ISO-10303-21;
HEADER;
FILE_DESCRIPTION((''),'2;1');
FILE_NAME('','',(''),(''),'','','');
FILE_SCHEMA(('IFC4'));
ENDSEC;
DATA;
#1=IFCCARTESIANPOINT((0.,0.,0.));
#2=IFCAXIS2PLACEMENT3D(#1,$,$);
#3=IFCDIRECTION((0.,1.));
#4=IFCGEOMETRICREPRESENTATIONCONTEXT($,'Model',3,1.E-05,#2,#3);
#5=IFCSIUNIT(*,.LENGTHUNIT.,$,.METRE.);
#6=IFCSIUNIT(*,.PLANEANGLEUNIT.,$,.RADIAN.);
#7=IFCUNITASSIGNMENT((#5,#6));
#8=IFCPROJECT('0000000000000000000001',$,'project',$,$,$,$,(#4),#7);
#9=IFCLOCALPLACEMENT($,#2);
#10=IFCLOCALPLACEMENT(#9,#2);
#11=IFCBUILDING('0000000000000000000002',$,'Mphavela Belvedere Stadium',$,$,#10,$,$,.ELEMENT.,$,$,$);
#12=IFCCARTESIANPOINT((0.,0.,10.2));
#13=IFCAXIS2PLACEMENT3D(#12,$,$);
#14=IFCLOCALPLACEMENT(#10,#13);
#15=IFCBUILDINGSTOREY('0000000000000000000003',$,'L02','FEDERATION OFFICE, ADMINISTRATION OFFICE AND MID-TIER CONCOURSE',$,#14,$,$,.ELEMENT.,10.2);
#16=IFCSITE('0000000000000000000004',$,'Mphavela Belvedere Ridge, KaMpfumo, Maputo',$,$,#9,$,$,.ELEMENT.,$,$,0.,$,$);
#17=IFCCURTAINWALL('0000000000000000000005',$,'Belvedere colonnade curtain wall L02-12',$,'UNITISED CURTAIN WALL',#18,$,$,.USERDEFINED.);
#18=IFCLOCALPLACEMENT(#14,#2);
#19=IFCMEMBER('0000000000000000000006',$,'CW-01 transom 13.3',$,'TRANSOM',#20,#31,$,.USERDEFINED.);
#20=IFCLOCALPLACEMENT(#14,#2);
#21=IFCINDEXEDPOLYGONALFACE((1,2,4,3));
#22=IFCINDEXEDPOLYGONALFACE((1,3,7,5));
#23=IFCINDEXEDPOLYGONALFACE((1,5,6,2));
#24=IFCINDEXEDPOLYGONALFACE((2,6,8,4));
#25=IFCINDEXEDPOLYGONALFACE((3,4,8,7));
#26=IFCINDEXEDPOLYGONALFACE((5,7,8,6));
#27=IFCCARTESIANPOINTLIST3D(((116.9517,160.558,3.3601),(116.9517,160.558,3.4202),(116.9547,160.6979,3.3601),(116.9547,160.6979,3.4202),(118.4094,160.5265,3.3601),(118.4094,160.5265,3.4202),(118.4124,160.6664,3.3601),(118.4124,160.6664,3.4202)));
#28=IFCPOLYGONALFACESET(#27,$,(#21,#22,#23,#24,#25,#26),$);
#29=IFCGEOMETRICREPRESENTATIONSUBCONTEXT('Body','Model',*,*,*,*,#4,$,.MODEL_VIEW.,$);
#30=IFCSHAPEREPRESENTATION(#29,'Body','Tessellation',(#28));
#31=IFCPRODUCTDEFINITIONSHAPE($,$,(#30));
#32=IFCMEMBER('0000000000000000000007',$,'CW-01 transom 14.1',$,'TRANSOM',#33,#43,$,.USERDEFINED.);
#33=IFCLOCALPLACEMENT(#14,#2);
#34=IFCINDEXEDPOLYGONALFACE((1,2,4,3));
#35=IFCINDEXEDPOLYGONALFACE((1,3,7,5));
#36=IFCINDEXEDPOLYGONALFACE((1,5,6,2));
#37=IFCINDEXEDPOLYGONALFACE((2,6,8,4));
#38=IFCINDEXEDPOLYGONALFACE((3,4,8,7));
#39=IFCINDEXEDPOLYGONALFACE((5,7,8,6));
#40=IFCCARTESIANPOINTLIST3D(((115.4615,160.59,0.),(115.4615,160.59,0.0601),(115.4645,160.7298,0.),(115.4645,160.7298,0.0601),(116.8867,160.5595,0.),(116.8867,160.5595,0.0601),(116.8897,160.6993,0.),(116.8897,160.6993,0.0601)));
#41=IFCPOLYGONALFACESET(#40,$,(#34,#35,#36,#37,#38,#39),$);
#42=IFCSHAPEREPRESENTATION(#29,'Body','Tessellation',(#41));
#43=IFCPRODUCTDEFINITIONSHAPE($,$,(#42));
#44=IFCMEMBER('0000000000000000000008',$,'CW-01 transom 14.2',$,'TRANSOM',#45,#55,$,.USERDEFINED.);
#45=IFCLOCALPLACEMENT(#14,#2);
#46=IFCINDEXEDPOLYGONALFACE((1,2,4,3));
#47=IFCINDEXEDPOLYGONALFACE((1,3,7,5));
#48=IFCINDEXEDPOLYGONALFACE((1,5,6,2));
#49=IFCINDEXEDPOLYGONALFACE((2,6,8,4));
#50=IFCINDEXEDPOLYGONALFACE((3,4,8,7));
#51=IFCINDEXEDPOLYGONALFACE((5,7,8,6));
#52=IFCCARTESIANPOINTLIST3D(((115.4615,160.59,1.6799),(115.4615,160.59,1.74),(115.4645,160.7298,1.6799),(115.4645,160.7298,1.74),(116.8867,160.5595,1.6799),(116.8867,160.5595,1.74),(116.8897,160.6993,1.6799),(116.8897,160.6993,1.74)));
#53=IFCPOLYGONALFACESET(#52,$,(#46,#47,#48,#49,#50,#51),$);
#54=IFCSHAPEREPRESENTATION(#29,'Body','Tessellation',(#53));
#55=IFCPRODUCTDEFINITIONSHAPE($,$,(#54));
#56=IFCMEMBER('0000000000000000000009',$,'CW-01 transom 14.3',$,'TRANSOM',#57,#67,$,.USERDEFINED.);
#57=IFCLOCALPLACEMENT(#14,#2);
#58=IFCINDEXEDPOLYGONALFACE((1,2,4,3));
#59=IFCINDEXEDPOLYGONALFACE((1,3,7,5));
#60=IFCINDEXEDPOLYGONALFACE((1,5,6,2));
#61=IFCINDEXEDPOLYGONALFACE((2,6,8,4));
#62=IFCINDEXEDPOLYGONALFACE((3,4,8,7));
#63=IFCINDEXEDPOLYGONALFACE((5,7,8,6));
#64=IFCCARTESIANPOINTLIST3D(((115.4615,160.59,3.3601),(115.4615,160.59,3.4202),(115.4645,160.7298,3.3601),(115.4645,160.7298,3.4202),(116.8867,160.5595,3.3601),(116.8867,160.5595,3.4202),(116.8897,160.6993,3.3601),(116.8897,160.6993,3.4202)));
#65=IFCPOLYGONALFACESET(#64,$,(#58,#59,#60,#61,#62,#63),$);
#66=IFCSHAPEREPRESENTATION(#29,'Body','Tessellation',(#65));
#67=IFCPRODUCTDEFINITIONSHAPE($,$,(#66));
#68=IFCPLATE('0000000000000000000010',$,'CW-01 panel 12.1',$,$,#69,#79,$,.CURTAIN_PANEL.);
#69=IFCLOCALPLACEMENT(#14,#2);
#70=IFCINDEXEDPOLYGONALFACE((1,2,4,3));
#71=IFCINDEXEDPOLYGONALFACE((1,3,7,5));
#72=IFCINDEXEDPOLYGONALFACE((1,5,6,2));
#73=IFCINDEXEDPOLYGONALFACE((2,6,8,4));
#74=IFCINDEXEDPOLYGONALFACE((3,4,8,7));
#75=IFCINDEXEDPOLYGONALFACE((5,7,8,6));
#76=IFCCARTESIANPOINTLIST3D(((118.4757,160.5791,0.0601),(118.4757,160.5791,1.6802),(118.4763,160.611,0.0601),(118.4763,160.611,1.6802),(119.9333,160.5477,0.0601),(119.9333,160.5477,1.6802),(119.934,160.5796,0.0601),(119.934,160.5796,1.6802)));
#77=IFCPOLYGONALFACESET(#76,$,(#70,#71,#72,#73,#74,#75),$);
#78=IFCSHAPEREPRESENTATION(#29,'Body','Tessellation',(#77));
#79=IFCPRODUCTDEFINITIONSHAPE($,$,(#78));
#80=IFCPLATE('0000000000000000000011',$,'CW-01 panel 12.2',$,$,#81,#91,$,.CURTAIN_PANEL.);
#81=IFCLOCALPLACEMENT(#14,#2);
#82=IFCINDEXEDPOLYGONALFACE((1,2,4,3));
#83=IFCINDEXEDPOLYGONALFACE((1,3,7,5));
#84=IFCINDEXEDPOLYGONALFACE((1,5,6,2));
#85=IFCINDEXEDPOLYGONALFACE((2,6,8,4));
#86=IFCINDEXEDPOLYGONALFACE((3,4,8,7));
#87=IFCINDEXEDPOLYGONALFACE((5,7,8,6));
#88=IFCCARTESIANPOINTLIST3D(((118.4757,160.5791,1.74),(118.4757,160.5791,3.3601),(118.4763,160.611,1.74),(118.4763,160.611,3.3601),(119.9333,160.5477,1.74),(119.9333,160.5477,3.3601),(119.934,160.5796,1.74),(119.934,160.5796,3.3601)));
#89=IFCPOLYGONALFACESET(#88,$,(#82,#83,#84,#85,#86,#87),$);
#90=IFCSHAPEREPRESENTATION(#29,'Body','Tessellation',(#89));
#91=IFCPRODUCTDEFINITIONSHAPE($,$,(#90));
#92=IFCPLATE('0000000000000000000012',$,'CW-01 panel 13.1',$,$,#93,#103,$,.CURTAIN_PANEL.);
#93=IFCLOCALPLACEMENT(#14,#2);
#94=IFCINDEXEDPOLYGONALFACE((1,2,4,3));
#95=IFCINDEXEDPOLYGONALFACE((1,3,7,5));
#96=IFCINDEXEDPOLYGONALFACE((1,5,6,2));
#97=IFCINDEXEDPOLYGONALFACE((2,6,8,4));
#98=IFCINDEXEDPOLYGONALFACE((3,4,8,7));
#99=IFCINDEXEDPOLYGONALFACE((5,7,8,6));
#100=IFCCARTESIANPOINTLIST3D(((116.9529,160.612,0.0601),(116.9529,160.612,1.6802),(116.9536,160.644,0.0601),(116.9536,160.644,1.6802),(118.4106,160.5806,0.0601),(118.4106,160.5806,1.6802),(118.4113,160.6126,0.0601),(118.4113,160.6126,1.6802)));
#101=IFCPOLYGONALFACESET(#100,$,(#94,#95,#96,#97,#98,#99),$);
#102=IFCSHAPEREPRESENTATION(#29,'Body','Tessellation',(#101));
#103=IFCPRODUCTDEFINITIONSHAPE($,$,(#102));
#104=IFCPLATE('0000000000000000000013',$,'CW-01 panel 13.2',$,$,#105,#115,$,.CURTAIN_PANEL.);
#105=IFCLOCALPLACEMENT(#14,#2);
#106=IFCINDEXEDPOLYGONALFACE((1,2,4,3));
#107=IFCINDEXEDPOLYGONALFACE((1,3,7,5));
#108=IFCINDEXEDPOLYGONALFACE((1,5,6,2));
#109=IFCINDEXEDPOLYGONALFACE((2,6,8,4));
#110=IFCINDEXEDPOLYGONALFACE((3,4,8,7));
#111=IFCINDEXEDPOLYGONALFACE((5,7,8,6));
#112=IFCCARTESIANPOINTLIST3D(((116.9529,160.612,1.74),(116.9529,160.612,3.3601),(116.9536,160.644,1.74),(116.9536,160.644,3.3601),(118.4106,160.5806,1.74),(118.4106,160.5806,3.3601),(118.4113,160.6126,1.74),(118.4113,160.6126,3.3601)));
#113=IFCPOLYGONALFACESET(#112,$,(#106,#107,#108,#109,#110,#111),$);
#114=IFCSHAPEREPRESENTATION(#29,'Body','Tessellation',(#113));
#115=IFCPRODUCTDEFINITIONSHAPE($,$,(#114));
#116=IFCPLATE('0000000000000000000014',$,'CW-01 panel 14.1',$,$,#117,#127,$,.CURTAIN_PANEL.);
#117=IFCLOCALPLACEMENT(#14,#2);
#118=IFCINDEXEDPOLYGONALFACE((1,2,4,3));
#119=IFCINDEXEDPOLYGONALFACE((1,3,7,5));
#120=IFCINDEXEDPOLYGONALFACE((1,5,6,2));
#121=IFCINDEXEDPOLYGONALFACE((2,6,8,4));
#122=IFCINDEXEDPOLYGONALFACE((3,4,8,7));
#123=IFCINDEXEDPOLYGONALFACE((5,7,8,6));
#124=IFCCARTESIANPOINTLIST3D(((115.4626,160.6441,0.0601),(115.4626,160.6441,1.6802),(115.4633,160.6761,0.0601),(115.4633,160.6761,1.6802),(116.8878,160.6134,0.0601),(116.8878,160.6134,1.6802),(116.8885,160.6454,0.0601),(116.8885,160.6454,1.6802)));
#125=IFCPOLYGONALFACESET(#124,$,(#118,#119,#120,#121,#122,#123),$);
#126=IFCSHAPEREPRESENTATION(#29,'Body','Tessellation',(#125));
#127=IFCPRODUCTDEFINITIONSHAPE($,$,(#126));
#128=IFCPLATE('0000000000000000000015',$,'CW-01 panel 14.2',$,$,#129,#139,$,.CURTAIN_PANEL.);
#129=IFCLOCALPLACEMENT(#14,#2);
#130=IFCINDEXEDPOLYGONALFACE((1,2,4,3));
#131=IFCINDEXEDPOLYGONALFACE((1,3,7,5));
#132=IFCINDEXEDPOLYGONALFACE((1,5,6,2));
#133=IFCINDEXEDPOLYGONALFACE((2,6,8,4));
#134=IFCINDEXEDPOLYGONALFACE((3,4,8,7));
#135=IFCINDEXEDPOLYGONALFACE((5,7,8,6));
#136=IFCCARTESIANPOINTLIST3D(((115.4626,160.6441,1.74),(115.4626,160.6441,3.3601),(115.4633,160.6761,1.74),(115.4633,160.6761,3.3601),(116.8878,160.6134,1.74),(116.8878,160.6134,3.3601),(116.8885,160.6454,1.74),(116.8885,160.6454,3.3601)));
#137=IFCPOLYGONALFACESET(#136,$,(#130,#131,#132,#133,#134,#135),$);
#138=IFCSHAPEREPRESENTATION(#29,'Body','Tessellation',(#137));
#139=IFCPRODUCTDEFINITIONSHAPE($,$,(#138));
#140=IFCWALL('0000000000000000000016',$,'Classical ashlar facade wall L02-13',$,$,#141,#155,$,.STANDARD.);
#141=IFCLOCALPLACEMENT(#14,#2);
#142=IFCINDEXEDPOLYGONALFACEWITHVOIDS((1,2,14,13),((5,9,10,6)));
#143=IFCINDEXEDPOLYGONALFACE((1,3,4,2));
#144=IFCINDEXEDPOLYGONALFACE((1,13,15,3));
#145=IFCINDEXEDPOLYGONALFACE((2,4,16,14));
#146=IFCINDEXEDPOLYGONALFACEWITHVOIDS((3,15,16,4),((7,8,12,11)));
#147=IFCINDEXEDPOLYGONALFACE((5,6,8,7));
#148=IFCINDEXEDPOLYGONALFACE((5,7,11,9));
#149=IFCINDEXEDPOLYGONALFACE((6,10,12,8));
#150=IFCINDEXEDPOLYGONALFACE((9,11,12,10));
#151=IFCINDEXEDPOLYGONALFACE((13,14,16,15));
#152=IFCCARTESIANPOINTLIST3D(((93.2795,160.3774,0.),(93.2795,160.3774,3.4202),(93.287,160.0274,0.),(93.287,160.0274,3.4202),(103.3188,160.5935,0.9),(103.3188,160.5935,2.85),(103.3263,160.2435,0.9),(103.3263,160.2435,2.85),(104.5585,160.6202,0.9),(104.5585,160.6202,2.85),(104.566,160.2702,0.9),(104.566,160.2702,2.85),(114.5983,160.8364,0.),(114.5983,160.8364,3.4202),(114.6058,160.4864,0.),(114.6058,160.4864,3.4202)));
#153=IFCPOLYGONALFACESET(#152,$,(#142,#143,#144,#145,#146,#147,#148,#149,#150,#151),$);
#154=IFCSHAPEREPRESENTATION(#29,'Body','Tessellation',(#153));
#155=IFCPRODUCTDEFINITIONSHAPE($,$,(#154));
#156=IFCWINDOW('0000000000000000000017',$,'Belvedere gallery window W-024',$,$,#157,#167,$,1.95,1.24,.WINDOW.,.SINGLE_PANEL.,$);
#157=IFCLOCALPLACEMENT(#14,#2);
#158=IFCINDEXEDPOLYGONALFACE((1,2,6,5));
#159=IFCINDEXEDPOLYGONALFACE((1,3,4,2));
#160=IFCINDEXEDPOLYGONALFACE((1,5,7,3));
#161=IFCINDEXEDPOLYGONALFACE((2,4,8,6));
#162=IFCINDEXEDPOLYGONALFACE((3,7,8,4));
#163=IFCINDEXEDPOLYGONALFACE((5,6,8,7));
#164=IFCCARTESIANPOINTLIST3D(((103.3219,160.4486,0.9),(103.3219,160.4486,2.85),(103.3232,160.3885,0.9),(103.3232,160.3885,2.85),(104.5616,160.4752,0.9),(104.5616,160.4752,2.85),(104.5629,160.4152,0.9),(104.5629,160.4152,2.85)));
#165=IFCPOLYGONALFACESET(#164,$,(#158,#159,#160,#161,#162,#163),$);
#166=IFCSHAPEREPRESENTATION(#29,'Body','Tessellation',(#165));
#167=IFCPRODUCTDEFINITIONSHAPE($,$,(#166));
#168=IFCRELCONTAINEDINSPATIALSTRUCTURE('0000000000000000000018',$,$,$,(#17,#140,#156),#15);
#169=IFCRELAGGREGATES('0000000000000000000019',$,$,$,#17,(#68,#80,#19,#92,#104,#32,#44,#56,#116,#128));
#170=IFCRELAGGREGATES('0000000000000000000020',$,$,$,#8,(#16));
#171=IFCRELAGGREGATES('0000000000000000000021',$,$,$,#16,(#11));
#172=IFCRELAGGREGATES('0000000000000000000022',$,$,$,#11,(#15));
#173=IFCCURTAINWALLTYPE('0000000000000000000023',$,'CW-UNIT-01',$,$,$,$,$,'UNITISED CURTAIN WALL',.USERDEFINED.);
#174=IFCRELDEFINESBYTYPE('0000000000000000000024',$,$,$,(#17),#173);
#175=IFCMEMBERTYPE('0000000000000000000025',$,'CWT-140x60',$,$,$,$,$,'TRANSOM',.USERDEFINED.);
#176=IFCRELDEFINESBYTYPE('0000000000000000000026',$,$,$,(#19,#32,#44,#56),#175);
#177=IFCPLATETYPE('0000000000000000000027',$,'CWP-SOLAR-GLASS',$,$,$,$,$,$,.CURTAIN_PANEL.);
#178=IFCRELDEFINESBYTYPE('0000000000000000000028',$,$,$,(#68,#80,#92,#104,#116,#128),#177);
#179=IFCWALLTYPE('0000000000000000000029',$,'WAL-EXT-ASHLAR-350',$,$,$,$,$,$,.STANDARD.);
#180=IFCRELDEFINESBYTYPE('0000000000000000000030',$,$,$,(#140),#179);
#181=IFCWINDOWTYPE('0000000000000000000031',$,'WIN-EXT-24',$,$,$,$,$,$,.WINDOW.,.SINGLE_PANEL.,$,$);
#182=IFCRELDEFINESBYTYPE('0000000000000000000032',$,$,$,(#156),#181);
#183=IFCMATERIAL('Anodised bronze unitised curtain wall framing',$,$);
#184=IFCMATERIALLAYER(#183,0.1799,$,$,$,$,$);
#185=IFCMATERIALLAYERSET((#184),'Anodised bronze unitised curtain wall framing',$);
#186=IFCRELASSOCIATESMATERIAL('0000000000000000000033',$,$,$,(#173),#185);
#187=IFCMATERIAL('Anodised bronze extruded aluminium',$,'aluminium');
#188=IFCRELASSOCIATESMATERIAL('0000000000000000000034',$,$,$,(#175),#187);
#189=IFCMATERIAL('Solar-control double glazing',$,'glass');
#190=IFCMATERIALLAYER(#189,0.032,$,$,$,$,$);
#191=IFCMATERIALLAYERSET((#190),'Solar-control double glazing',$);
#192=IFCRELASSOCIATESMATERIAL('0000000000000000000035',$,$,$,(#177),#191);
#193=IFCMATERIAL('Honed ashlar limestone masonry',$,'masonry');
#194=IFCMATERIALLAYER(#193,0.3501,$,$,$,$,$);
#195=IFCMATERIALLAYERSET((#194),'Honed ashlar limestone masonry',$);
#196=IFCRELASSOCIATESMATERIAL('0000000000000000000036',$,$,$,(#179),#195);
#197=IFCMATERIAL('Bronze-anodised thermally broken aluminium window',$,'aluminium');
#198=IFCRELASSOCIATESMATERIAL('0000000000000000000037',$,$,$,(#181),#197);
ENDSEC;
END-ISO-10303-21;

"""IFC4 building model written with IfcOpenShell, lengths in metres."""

from ifc_helpers import new_model, si_unit, direction, frame, frame_2d, origin, origin_2d, place, context, subcontext, project, spatial, rectangle, extrude, material, layer, layer_set, material_profile, profile_set, type_object, element, fill, aggregate, save


model = new_model("IFC4")

# Units and contexts
model_context = context("Model", 3, precision=1e-05, world=origin(), true_north=direction((0.0, 1.0)))
body_context = subcontext(model_context, "Body", "Model", "MODEL_VIEW")
ifc_project = project(units=[si_unit("LENGTHUNIT", "METRE"), si_unit("PLANEANGLEUNIT", "RADIAN")], contexts=[model_context])

# Site, building, storey
site_placement = place(None, origin())
site = spatial("IfcSite", under=ifc_project, at=site_placement, Name="Mphavela Belvedere Ridge, KaMpfumo, Maputo", CompositionType="ELEMENT", RefElevation=0.0)
building_placement = place(site_placement, origin())
building = spatial("IfcBuilding", under=site, at=building_placement, Name="Mphavela Belvedere Stadium", CompositionType="ELEMENT")
storey_placement = place(building_placement, frame((0.0, 0.0, 10.2)))
storey = spatial("IfcBuildingStorey", under=building, at=storey_placement, Name="L02", Description="FEDERATION OFFICE, ADMINISTRATION OFFICE AND MID-TIER CONCOURSE", CompositionType="ELEMENT", Elevation=10.2)

# Curtain wall, members, plates
ifc_material_1 = material(Name="Anodised bronze unitised curtain wall framing")
ifc_layer_1 = layer(ifc_material_1, 0.1799)
ifc_layer_set_1 = layer_set([ifc_layer_1], Name="Anodised bronze unitised curtain wall framing")
curtain_wall_type = type_object("IfcCurtainWallType", Name="CW-UNIT-01", ElementType="UNITISED CURTAIN WALL", PredefinedType="USERDEFINED", material=ifc_layer_set_1)
curtain_wall_placement = place(storey_placement, origin())
curtain_wall = element("IfcCurtainWall", 1, at=curtain_wall_placement, inside=storey, type_object=curtain_wall_type, Name="Belvedere colonnade curtain wall L02-12", ObjectType="UNITISED CURTAIN WALL", PredefinedType="USERDEFINED")
ifc_material_2 = material(Name="Anodised bronze extruded aluminium", Category="aluminium")
ifc_material_profile_1 = material_profile(ifc_material_2, rectangle(XDim=0.1399, YDim=0.0601, at=origin_2d()), Name="CW-TRN 140x60")
ifc_profile_set_1 = profile_set([ifc_material_profile_1], Name="Anodised bronze extruded aluminium")
member_type_1 = type_object("IfcMemberType", Name="CWT-140x60", ElementType="TRANSOM", PredefinedType="USERDEFINED", material=ifc_profile_set_1)
member_1_placement = place(storey_placement, frame((118.4109, 160.5964, 3.3901), z_axis=(-0.999767, 0.021599, 0.0), x_axis=(-0.021599, -0.999767, 0.0)))
member_1 = element("IfcMember", 2, at=member_1_placement, type_object=member_type_1, Name="CW-01 transom 13.3", ObjectType="TRANSOM", PredefinedType="USERDEFINED", context=body_context, shape_type="SweptSolid", body=[
    extrude(rectangle(XDim=0.1399, YDim=0.0601, at=origin_2d()), origin(), (0.0, 0.0, 1.0), 1.458),
])
member_2_placement = place(storey_placement, frame((116.8882, 160.6294, 0.03), z_axis=(-0.999771, 0.021407, 0.0), x_axis=(-0.021407, -0.999771, 0.0)))
member_2 = element("IfcMember", 3, at=member_2_placement, type_object=member_type_1, Name="CW-01 transom 14.1", ObjectType="TRANSOM", PredefinedType="USERDEFINED", context=body_context, shape_type="SweptSolid", body=[
    extrude(rectangle(XDim=0.1399, YDim=0.0601, at=origin_2d()), origin(), (0.0, 0.0, 1.0), 1.4255),
])
member_3_placement = place(storey_placement, frame((116.8882, 160.6294, 1.71), z_axis=(-0.999771, 0.021407, 0.0), x_axis=(-0.021407, -0.999771, 0.0)))
member_3 = element("IfcMember", 4, at=member_3_placement, type_object=member_type_1, Name="CW-01 transom 14.2", ObjectType="TRANSOM", PredefinedType="USERDEFINED", context=body_context, shape_type="SweptSolid", body=[
    extrude(rectangle(XDim=0.1399, YDim=0.0601, at=origin_2d()), origin(), (0.0, 0.0, 1.0), 1.4255),
])
member_4_placement = place(storey_placement, frame((116.8882, 160.6294, 3.3901), z_axis=(-0.999771, 0.021407, 0.0), x_axis=(-0.021407, -0.999771, 0.0)))
member_4 = element("IfcMember", 5, at=member_4_placement, type_object=member_type_1, Name="CW-01 transom 14.3", ObjectType="TRANSOM", PredefinedType="USERDEFINED", context=body_context, shape_type="SweptSolid", body=[
    extrude(rectangle(XDim=0.1399, YDim=0.0601, at=origin_2d()), origin(), (0.0, 0.0, 1.0), 1.4255),
])
ifc_material_3 = material(Name="Solar-control double glazing", Category="glass")
ifc_layer_2 = layer(ifc_material_3, 0.032)
ifc_layer_set_2 = layer_set([ifc_layer_2], Name="Solar-control double glazing")
plate_type = type_object("IfcPlateType", Name="CWP-SOLAR-GLASS", PredefinedType="CURTAIN_PANEL", material=ifc_layer_set_2)
plate_1_placement = place(storey_placement, frame((119.2048, 160.5793, 0.0601), z_axis=(0.0, 0.0, 1.0), x_axis=(-0.999768, 0.021525, 0.0)))
plate_1 = element("IfcPlate", 6, at=plate_1_placement, type_object=plate_type, Name="CW-01 panel 12.1", PredefinedType="CURTAIN_PANEL", context=body_context, shape_type="SweptSolid", body=[
    extrude(rectangle(XDim=1.458, YDim=0.032, at=origin_2d()), origin(), (0.0, 0.0, 1.0), 1.6201),
])
plate_2_placement = place(storey_placement, frame((119.2048, 160.5793, 1.74), z_axis=(0.0, 0.0, 1.0), x_axis=(-0.999768, 0.021525, 0.0)))
plate_2 = element("IfcPlate", 7, at=plate_2_placement, type_object=plate_type, Name="CW-01 panel 12.2", PredefinedType="CURTAIN_PANEL", context=body_context, shape_type="SweptSolid", body=[
    extrude(rectangle(XDim=1.458, YDim=0.032, at=origin_2d()), origin(), (0.0, 0.0, 1.0), 1.6201),
])
plate_3_placement = place(storey_placement, frame((117.6821, 160.6123, 0.0601), z_axis=(0.0, 0.0, 1.0), x_axis=(-0.999768, 0.021525, 0.0)))
plate_3 = element("IfcPlate", 8, at=plate_3_placement, type_object=plate_type, Name="CW-01 panel 13.1", PredefinedType="CURTAIN_PANEL", context=body_context, shape_type="SweptSolid", body=[
    extrude(rectangle(XDim=1.458, YDim=0.032, at=origin_2d()), origin(), (0.0, 0.0, 1.0), 1.6201),
])
plate_4_placement = place(storey_placement, frame((117.6821, 160.6123, 1.74), z_axis=(0.0, 0.0, 1.0), x_axis=(-0.999768, 0.021525, 0.0)))
plate_4 = element("IfcPlate", 9, at=plate_4_placement, type_object=plate_type, Name="CW-01 panel 13.2", PredefinedType="CURTAIN_PANEL", context=body_context, shape_type="SweptSolid", body=[
    extrude(rectangle(XDim=1.458, YDim=0.032, at=origin_2d()), origin(), (0.0, 0.0, 1.0), 1.6201),
])
plate_5_placement = place(storey_placement, frame((116.1755, 160.6448, 0.0601), z_axis=(0.0, 0.0, 1.0), x_axis=(-0.999768, 0.021525, 0.0)))
plate_5 = element("IfcPlate", 10, at=plate_5_placement, type_object=plate_type, Name="CW-01 panel 14.1", PredefinedType="CURTAIN_PANEL", context=body_context, shape_type="SweptSolid", body=[
    extrude(rectangle(XDim=1.4255, YDim=0.032, at=origin_2d()), origin(), (0.0, 0.0, 1.0), 1.6201),
])
plate_6_placement = place(storey_placement, frame((116.1755, 160.6448, 1.74), z_axis=(0.0, 0.0, 1.0), x_axis=(-0.999768, 0.021525, 0.0)))
plate_6 = element("IfcPlate", 11, at=plate_6_placement, type_object=plate_type, Name="CW-01 panel 14.2", PredefinedType="CURTAIN_PANEL", context=body_context, shape_type="SweptSolid", body=[
    extrude(rectangle(XDim=1.4255, YDim=0.032, at=origin_2d()), origin(), (0.0, 0.0, 1.0), 1.6201),
])
aggregate(curtain_wall, [plate_1, plate_2, member_1, plate_3, plate_4, member_2, member_3, member_4, plate_5, plate_6])

# Wall, opening, window
ifc_material_4 = material(Name="Honed ashlar limestone masonry", Category="masonry")
ifc_layer_3 = layer(ifc_material_4, 0.3501)
ifc_layer_set_3 = layer_set([ifc_layer_3], Name="Honed ashlar limestone masonry")
wall_type_1 = type_object("IfcWallType", Name="WAL-EXT-ASHLAR-350", PredefinedType="STANDARD", material=ifc_layer_set_3)
wall_1_placement = place(storey_placement, frame((114.6021, 160.6614, 0.0), z_axis=(0.0, 0.0, 1.0), x_axis=(-0.999768, -0.021525, 0.0)))
wall_1 = element("IfcWall", 12, at=wall_1_placement, inside=storey, type_object=wall_type_1, Name="Classical ashlar facade wall L02-13", PredefinedType="STANDARD", context=body_context, shape_type="SweptSolid", body=[
    extrude(rectangle(XDim=21.3237, YDim=0.3501, at=frame_2d((10.6619, 0.0))), origin(), (0.0, 0.0, 1.0), 3.4202),
])
opening_1_placement = place(wall_1_placement, frame((10.042, 0.0, 0.8999)))
opening_1 = element("IfcOpeningElement", 13, at=opening_1_placement, cuts=wall_1, PredefinedType="OPENING", context=body_context, shape_type="SweptSolid", body=[
    extrude(rectangle(XDim=1.24, YDim=1.95, at=frame_2d((0.6201, 0.9751))), frame((0.0, 0.1851, 0.0), z_axis=(0.0, -1.0, 0.0), x_axis=(1.0, 0.0, 0.0)), (0.0, 0.0, 1.0), 0.3701),
])
ifc_material_5 = material(Name="Bronze-anodised thermally broken aluminium window", Category="aluminium")
window_type = type_object("IfcWindowType", Name="WIN-EXT-24", PartitioningType="SINGLE_PANEL", PredefinedType="WINDOW", material=ifc_material_5)
window_placement = place(opening_1_placement, origin())
window = element("IfcWindow", 14, at=window_placement, inside=storey, type_object=window_type, Name="Belvedere gallery window W-024", OverallHeight=1.95, OverallWidth=1.24, PartitioningType="SINGLE_PANEL", PredefinedType="WINDOW", context=body_context, shape_type="SweptSolid", body=[
    extrude(rectangle(XDim=1.24, YDim=1.95, at=frame_2d((0.6201, 0.9751))), frame((0.0, 0.03, 0.0), z_axis=(0.0, -1.0, 0.0), x_axis=(1.0, 0.0, 0.0)), (0.0, 0.0, 1.0), 0.0601),
])
fill(opening_1, window)

save(model, "model.ifc")
